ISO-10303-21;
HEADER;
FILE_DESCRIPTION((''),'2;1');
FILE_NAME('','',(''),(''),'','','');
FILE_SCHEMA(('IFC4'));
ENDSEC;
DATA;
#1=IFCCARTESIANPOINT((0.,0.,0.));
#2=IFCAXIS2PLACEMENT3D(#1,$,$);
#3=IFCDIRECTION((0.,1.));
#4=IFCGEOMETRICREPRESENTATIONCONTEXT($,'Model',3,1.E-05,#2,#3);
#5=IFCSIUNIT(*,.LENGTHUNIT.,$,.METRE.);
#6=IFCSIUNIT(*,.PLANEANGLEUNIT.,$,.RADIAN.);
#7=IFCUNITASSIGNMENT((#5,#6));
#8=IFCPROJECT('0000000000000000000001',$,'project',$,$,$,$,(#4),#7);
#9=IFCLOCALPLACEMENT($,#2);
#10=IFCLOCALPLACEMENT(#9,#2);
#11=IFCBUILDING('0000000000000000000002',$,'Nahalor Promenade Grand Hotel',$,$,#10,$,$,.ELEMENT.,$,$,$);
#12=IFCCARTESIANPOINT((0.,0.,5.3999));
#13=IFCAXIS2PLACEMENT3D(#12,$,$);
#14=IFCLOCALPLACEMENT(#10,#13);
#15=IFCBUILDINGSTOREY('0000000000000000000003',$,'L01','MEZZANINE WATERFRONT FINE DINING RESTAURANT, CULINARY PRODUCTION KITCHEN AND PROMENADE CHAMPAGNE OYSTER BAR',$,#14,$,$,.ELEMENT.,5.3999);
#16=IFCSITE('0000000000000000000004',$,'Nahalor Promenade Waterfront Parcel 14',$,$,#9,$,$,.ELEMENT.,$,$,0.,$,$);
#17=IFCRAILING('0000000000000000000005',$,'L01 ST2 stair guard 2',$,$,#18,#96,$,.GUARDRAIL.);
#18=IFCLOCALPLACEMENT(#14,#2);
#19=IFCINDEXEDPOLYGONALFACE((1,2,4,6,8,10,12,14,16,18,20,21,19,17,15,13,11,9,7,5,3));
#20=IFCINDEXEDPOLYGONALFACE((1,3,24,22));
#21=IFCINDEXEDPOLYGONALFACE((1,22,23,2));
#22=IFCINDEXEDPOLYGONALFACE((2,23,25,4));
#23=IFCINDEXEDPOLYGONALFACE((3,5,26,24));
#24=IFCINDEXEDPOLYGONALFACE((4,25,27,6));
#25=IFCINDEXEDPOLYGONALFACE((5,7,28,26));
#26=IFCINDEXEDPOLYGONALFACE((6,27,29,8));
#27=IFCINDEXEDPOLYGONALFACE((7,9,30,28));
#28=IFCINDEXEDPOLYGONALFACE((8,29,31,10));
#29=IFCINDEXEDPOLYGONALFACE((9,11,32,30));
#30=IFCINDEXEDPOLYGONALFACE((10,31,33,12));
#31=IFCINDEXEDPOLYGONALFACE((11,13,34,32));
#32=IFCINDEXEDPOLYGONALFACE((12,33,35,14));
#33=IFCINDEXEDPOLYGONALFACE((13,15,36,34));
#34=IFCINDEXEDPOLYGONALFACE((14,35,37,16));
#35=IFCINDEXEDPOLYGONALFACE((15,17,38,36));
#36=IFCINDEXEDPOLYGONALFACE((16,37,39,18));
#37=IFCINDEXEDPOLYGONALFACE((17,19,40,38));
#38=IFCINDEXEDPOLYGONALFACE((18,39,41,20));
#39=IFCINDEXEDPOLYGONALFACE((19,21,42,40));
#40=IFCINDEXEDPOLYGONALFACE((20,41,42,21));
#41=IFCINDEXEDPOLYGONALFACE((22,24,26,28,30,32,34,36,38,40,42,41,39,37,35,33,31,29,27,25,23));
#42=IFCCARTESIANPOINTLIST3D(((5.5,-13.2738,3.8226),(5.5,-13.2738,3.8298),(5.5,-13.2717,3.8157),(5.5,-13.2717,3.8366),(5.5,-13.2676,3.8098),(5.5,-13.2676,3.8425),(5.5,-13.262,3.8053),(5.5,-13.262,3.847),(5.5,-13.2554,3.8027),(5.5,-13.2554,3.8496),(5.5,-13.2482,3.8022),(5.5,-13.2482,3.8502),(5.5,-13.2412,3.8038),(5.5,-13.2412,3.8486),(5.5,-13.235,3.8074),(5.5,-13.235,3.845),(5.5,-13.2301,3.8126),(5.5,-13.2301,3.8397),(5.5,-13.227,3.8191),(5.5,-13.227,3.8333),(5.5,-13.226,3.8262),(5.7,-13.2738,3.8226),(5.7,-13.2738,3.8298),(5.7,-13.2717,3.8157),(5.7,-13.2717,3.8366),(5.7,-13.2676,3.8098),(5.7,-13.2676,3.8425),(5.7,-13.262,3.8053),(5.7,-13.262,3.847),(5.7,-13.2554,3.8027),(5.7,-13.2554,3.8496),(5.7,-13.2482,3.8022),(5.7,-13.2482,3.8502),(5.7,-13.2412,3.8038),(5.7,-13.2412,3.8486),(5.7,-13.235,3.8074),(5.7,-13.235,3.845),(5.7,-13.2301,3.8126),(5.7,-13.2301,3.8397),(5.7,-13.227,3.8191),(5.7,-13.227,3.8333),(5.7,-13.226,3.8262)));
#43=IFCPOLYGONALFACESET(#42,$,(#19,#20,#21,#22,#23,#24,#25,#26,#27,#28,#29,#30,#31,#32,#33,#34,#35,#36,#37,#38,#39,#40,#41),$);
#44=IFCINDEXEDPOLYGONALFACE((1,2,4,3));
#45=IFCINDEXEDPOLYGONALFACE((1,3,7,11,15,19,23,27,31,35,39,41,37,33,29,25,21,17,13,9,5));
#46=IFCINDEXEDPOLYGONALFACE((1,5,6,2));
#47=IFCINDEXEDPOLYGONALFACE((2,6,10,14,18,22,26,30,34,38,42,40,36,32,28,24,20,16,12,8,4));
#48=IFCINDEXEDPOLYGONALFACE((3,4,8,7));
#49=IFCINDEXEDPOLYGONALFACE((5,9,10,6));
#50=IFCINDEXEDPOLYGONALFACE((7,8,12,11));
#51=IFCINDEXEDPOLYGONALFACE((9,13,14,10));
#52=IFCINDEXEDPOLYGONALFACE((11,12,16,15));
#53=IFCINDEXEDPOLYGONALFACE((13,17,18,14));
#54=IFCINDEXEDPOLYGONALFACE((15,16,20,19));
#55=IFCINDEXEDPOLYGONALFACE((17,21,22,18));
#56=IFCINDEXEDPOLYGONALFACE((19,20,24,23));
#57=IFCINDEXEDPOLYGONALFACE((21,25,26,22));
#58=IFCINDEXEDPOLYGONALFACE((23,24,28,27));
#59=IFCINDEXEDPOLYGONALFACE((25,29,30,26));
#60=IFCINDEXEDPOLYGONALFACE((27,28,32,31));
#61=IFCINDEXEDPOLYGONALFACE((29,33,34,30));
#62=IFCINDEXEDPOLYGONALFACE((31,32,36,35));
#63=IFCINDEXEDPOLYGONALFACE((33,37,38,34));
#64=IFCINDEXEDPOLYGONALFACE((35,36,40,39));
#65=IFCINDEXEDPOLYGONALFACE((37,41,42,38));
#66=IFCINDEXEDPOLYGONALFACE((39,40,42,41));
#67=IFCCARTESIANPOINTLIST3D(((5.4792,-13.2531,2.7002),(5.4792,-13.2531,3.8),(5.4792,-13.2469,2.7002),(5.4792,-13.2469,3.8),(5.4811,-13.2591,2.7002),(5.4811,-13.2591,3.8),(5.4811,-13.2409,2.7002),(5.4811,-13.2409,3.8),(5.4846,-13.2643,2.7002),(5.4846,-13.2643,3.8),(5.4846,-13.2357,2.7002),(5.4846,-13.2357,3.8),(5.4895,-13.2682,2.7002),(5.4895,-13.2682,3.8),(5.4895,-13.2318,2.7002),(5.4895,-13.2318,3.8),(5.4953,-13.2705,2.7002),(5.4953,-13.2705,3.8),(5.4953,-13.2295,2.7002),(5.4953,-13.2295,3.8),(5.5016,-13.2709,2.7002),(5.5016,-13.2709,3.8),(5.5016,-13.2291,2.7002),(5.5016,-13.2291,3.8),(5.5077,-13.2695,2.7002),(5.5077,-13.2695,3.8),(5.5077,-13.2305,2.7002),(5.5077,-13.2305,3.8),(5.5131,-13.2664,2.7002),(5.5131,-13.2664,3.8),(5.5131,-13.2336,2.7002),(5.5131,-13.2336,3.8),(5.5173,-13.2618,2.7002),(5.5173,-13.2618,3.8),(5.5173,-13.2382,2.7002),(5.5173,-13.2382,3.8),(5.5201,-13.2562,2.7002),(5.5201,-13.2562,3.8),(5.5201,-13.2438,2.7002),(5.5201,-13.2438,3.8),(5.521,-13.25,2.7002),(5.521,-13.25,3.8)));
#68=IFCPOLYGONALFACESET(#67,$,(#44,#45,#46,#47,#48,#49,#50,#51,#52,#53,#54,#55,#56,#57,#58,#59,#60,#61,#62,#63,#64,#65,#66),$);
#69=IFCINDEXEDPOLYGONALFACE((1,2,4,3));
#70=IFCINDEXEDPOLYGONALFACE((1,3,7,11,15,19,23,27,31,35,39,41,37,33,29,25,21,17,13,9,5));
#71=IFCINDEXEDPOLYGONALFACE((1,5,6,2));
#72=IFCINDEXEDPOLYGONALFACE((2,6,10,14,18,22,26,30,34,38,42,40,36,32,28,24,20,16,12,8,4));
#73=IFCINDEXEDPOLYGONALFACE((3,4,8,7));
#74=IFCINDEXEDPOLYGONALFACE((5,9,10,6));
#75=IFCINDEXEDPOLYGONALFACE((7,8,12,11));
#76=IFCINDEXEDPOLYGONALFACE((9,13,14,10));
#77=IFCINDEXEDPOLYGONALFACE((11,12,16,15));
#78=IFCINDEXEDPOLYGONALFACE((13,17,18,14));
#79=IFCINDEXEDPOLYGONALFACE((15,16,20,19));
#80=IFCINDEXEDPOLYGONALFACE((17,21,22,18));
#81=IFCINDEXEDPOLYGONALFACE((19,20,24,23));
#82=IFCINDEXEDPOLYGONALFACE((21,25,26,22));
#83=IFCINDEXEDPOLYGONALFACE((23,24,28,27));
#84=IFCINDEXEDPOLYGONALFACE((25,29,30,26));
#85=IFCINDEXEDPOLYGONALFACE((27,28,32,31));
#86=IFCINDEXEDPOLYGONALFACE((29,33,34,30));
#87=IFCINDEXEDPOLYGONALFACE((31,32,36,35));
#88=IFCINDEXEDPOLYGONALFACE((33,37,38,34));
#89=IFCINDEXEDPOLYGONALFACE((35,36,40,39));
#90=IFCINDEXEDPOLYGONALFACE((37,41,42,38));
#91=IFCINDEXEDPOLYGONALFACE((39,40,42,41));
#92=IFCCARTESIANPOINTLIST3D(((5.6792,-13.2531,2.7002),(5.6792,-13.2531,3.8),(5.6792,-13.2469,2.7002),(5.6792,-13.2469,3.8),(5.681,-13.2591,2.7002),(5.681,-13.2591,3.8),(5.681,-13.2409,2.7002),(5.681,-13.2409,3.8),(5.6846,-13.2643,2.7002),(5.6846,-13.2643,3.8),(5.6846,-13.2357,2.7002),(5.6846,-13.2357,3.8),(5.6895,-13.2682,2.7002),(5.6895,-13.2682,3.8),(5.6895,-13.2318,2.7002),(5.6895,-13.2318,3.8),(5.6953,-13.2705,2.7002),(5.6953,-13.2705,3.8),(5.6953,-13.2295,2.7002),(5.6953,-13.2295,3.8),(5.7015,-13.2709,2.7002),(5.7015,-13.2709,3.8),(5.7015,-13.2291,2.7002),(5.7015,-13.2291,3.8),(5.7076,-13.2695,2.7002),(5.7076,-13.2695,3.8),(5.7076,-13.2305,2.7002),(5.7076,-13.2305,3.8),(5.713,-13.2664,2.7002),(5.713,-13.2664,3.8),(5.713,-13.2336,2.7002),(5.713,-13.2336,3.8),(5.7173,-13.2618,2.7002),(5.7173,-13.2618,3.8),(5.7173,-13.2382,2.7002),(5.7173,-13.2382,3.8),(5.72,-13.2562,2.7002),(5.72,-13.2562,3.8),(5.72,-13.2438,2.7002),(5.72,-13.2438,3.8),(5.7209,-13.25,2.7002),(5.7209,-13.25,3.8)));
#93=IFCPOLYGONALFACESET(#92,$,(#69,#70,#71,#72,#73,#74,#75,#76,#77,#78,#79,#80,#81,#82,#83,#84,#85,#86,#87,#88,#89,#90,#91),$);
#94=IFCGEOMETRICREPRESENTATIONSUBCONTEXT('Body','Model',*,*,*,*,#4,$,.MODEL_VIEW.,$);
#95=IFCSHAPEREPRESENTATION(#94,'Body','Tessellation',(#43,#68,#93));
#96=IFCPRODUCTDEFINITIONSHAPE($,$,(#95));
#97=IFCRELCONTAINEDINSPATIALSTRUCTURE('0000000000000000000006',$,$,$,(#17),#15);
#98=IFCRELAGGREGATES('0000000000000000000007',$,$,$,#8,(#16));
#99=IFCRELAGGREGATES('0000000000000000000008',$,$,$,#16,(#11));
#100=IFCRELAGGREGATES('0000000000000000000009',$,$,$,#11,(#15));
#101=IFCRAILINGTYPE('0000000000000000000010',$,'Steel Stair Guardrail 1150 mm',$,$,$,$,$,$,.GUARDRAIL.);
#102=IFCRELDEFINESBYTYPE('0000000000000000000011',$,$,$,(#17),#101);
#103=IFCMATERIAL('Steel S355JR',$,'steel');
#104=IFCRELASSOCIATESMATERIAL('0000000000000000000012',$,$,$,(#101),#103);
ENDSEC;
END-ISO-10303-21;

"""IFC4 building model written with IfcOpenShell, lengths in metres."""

from ifc_helpers import new_model, si_unit, direction, frame, origin, origin_2d, place, context, subcontext, project, spatial, circle, extrude, material, type_object, element, save


model = new_model("IFC4")

# Units and contexts
model_context = context("Model", 3, precision=1e-05, world=origin(), true_north=direction((0.0, 1.0)))
body_context = subcontext(model_context, "Body", "Model", "MODEL_VIEW")
ifc_project = project(units=[si_unit("LENGTHUNIT", "METRE"), si_unit("PLANEANGLEUNIT", "RADIAN")], contexts=[model_context])

# Site, building, storey
site_placement = place(None, origin())
site = spatial("IfcSite", under=ifc_project, at=site_placement, Name="Nahalor Promenade Waterfront Parcel 14", CompositionType="ELEMENT", RefElevation=0.0)
building_placement = place(site_placement, origin())
building = spatial("IfcBuilding", under=site, at=building_placement, Name="Nahalor Promenade Grand Hotel", CompositionType="ELEMENT")
storey_placement = place(building_placement, frame((0.0, 0.0, 5.3999)))
storey = spatial("IfcBuildingStorey", under=building, at=storey_placement, Name="L01", Description="MEZZANINE WATERFRONT FINE DINING RESTAURANT, CULINARY PRODUCTION KITCHEN AND PROMENADE CHAMPAGNE OYSTER BAR", CompositionType="ELEMENT", Elevation=5.3999)

# Shared definitions
ifc_material_1 = material(Name="Steel S355JR", Category="steel")

# Railing
railing_type_1 = type_object("IfcRailingType", Name="Steel Stair Guardrail 1150 mm", PredefinedType="GUARDRAIL", material=ifc_material_1)
railing_1_placement = place(storey_placement, frame((5.5, -13.25, 2.7002)))
element("IfcRailing", 1, at=railing_1_placement, inside=storey, type_object=railing_type_1, Name="L01 ST2 stair guard 2", PredefinedType="GUARDRAIL", context=body_context, shape_type="SweptSolid", body=[
    extrude(circle(Radius=0.024, at=origin_2d()), frame((0.0, 0.0, 1.126), z_axis=(1.0, 0.0, 0.0), x_axis=(0.0, 1.0, 0.0)), (0.0, 0.0, 1.0), 0.2),
    extrude(circle(Radius=0.021, at=origin_2d()), origin(), (0.0, 0.0, 1.0), 1.0999),
    extrude(circle(Radius=0.021, at=origin_2d()), frame((0.2, 0.0, 0.0)), (0.0, 0.0, 1.0), 1.0999),
])

save(model, "model.ifc")
